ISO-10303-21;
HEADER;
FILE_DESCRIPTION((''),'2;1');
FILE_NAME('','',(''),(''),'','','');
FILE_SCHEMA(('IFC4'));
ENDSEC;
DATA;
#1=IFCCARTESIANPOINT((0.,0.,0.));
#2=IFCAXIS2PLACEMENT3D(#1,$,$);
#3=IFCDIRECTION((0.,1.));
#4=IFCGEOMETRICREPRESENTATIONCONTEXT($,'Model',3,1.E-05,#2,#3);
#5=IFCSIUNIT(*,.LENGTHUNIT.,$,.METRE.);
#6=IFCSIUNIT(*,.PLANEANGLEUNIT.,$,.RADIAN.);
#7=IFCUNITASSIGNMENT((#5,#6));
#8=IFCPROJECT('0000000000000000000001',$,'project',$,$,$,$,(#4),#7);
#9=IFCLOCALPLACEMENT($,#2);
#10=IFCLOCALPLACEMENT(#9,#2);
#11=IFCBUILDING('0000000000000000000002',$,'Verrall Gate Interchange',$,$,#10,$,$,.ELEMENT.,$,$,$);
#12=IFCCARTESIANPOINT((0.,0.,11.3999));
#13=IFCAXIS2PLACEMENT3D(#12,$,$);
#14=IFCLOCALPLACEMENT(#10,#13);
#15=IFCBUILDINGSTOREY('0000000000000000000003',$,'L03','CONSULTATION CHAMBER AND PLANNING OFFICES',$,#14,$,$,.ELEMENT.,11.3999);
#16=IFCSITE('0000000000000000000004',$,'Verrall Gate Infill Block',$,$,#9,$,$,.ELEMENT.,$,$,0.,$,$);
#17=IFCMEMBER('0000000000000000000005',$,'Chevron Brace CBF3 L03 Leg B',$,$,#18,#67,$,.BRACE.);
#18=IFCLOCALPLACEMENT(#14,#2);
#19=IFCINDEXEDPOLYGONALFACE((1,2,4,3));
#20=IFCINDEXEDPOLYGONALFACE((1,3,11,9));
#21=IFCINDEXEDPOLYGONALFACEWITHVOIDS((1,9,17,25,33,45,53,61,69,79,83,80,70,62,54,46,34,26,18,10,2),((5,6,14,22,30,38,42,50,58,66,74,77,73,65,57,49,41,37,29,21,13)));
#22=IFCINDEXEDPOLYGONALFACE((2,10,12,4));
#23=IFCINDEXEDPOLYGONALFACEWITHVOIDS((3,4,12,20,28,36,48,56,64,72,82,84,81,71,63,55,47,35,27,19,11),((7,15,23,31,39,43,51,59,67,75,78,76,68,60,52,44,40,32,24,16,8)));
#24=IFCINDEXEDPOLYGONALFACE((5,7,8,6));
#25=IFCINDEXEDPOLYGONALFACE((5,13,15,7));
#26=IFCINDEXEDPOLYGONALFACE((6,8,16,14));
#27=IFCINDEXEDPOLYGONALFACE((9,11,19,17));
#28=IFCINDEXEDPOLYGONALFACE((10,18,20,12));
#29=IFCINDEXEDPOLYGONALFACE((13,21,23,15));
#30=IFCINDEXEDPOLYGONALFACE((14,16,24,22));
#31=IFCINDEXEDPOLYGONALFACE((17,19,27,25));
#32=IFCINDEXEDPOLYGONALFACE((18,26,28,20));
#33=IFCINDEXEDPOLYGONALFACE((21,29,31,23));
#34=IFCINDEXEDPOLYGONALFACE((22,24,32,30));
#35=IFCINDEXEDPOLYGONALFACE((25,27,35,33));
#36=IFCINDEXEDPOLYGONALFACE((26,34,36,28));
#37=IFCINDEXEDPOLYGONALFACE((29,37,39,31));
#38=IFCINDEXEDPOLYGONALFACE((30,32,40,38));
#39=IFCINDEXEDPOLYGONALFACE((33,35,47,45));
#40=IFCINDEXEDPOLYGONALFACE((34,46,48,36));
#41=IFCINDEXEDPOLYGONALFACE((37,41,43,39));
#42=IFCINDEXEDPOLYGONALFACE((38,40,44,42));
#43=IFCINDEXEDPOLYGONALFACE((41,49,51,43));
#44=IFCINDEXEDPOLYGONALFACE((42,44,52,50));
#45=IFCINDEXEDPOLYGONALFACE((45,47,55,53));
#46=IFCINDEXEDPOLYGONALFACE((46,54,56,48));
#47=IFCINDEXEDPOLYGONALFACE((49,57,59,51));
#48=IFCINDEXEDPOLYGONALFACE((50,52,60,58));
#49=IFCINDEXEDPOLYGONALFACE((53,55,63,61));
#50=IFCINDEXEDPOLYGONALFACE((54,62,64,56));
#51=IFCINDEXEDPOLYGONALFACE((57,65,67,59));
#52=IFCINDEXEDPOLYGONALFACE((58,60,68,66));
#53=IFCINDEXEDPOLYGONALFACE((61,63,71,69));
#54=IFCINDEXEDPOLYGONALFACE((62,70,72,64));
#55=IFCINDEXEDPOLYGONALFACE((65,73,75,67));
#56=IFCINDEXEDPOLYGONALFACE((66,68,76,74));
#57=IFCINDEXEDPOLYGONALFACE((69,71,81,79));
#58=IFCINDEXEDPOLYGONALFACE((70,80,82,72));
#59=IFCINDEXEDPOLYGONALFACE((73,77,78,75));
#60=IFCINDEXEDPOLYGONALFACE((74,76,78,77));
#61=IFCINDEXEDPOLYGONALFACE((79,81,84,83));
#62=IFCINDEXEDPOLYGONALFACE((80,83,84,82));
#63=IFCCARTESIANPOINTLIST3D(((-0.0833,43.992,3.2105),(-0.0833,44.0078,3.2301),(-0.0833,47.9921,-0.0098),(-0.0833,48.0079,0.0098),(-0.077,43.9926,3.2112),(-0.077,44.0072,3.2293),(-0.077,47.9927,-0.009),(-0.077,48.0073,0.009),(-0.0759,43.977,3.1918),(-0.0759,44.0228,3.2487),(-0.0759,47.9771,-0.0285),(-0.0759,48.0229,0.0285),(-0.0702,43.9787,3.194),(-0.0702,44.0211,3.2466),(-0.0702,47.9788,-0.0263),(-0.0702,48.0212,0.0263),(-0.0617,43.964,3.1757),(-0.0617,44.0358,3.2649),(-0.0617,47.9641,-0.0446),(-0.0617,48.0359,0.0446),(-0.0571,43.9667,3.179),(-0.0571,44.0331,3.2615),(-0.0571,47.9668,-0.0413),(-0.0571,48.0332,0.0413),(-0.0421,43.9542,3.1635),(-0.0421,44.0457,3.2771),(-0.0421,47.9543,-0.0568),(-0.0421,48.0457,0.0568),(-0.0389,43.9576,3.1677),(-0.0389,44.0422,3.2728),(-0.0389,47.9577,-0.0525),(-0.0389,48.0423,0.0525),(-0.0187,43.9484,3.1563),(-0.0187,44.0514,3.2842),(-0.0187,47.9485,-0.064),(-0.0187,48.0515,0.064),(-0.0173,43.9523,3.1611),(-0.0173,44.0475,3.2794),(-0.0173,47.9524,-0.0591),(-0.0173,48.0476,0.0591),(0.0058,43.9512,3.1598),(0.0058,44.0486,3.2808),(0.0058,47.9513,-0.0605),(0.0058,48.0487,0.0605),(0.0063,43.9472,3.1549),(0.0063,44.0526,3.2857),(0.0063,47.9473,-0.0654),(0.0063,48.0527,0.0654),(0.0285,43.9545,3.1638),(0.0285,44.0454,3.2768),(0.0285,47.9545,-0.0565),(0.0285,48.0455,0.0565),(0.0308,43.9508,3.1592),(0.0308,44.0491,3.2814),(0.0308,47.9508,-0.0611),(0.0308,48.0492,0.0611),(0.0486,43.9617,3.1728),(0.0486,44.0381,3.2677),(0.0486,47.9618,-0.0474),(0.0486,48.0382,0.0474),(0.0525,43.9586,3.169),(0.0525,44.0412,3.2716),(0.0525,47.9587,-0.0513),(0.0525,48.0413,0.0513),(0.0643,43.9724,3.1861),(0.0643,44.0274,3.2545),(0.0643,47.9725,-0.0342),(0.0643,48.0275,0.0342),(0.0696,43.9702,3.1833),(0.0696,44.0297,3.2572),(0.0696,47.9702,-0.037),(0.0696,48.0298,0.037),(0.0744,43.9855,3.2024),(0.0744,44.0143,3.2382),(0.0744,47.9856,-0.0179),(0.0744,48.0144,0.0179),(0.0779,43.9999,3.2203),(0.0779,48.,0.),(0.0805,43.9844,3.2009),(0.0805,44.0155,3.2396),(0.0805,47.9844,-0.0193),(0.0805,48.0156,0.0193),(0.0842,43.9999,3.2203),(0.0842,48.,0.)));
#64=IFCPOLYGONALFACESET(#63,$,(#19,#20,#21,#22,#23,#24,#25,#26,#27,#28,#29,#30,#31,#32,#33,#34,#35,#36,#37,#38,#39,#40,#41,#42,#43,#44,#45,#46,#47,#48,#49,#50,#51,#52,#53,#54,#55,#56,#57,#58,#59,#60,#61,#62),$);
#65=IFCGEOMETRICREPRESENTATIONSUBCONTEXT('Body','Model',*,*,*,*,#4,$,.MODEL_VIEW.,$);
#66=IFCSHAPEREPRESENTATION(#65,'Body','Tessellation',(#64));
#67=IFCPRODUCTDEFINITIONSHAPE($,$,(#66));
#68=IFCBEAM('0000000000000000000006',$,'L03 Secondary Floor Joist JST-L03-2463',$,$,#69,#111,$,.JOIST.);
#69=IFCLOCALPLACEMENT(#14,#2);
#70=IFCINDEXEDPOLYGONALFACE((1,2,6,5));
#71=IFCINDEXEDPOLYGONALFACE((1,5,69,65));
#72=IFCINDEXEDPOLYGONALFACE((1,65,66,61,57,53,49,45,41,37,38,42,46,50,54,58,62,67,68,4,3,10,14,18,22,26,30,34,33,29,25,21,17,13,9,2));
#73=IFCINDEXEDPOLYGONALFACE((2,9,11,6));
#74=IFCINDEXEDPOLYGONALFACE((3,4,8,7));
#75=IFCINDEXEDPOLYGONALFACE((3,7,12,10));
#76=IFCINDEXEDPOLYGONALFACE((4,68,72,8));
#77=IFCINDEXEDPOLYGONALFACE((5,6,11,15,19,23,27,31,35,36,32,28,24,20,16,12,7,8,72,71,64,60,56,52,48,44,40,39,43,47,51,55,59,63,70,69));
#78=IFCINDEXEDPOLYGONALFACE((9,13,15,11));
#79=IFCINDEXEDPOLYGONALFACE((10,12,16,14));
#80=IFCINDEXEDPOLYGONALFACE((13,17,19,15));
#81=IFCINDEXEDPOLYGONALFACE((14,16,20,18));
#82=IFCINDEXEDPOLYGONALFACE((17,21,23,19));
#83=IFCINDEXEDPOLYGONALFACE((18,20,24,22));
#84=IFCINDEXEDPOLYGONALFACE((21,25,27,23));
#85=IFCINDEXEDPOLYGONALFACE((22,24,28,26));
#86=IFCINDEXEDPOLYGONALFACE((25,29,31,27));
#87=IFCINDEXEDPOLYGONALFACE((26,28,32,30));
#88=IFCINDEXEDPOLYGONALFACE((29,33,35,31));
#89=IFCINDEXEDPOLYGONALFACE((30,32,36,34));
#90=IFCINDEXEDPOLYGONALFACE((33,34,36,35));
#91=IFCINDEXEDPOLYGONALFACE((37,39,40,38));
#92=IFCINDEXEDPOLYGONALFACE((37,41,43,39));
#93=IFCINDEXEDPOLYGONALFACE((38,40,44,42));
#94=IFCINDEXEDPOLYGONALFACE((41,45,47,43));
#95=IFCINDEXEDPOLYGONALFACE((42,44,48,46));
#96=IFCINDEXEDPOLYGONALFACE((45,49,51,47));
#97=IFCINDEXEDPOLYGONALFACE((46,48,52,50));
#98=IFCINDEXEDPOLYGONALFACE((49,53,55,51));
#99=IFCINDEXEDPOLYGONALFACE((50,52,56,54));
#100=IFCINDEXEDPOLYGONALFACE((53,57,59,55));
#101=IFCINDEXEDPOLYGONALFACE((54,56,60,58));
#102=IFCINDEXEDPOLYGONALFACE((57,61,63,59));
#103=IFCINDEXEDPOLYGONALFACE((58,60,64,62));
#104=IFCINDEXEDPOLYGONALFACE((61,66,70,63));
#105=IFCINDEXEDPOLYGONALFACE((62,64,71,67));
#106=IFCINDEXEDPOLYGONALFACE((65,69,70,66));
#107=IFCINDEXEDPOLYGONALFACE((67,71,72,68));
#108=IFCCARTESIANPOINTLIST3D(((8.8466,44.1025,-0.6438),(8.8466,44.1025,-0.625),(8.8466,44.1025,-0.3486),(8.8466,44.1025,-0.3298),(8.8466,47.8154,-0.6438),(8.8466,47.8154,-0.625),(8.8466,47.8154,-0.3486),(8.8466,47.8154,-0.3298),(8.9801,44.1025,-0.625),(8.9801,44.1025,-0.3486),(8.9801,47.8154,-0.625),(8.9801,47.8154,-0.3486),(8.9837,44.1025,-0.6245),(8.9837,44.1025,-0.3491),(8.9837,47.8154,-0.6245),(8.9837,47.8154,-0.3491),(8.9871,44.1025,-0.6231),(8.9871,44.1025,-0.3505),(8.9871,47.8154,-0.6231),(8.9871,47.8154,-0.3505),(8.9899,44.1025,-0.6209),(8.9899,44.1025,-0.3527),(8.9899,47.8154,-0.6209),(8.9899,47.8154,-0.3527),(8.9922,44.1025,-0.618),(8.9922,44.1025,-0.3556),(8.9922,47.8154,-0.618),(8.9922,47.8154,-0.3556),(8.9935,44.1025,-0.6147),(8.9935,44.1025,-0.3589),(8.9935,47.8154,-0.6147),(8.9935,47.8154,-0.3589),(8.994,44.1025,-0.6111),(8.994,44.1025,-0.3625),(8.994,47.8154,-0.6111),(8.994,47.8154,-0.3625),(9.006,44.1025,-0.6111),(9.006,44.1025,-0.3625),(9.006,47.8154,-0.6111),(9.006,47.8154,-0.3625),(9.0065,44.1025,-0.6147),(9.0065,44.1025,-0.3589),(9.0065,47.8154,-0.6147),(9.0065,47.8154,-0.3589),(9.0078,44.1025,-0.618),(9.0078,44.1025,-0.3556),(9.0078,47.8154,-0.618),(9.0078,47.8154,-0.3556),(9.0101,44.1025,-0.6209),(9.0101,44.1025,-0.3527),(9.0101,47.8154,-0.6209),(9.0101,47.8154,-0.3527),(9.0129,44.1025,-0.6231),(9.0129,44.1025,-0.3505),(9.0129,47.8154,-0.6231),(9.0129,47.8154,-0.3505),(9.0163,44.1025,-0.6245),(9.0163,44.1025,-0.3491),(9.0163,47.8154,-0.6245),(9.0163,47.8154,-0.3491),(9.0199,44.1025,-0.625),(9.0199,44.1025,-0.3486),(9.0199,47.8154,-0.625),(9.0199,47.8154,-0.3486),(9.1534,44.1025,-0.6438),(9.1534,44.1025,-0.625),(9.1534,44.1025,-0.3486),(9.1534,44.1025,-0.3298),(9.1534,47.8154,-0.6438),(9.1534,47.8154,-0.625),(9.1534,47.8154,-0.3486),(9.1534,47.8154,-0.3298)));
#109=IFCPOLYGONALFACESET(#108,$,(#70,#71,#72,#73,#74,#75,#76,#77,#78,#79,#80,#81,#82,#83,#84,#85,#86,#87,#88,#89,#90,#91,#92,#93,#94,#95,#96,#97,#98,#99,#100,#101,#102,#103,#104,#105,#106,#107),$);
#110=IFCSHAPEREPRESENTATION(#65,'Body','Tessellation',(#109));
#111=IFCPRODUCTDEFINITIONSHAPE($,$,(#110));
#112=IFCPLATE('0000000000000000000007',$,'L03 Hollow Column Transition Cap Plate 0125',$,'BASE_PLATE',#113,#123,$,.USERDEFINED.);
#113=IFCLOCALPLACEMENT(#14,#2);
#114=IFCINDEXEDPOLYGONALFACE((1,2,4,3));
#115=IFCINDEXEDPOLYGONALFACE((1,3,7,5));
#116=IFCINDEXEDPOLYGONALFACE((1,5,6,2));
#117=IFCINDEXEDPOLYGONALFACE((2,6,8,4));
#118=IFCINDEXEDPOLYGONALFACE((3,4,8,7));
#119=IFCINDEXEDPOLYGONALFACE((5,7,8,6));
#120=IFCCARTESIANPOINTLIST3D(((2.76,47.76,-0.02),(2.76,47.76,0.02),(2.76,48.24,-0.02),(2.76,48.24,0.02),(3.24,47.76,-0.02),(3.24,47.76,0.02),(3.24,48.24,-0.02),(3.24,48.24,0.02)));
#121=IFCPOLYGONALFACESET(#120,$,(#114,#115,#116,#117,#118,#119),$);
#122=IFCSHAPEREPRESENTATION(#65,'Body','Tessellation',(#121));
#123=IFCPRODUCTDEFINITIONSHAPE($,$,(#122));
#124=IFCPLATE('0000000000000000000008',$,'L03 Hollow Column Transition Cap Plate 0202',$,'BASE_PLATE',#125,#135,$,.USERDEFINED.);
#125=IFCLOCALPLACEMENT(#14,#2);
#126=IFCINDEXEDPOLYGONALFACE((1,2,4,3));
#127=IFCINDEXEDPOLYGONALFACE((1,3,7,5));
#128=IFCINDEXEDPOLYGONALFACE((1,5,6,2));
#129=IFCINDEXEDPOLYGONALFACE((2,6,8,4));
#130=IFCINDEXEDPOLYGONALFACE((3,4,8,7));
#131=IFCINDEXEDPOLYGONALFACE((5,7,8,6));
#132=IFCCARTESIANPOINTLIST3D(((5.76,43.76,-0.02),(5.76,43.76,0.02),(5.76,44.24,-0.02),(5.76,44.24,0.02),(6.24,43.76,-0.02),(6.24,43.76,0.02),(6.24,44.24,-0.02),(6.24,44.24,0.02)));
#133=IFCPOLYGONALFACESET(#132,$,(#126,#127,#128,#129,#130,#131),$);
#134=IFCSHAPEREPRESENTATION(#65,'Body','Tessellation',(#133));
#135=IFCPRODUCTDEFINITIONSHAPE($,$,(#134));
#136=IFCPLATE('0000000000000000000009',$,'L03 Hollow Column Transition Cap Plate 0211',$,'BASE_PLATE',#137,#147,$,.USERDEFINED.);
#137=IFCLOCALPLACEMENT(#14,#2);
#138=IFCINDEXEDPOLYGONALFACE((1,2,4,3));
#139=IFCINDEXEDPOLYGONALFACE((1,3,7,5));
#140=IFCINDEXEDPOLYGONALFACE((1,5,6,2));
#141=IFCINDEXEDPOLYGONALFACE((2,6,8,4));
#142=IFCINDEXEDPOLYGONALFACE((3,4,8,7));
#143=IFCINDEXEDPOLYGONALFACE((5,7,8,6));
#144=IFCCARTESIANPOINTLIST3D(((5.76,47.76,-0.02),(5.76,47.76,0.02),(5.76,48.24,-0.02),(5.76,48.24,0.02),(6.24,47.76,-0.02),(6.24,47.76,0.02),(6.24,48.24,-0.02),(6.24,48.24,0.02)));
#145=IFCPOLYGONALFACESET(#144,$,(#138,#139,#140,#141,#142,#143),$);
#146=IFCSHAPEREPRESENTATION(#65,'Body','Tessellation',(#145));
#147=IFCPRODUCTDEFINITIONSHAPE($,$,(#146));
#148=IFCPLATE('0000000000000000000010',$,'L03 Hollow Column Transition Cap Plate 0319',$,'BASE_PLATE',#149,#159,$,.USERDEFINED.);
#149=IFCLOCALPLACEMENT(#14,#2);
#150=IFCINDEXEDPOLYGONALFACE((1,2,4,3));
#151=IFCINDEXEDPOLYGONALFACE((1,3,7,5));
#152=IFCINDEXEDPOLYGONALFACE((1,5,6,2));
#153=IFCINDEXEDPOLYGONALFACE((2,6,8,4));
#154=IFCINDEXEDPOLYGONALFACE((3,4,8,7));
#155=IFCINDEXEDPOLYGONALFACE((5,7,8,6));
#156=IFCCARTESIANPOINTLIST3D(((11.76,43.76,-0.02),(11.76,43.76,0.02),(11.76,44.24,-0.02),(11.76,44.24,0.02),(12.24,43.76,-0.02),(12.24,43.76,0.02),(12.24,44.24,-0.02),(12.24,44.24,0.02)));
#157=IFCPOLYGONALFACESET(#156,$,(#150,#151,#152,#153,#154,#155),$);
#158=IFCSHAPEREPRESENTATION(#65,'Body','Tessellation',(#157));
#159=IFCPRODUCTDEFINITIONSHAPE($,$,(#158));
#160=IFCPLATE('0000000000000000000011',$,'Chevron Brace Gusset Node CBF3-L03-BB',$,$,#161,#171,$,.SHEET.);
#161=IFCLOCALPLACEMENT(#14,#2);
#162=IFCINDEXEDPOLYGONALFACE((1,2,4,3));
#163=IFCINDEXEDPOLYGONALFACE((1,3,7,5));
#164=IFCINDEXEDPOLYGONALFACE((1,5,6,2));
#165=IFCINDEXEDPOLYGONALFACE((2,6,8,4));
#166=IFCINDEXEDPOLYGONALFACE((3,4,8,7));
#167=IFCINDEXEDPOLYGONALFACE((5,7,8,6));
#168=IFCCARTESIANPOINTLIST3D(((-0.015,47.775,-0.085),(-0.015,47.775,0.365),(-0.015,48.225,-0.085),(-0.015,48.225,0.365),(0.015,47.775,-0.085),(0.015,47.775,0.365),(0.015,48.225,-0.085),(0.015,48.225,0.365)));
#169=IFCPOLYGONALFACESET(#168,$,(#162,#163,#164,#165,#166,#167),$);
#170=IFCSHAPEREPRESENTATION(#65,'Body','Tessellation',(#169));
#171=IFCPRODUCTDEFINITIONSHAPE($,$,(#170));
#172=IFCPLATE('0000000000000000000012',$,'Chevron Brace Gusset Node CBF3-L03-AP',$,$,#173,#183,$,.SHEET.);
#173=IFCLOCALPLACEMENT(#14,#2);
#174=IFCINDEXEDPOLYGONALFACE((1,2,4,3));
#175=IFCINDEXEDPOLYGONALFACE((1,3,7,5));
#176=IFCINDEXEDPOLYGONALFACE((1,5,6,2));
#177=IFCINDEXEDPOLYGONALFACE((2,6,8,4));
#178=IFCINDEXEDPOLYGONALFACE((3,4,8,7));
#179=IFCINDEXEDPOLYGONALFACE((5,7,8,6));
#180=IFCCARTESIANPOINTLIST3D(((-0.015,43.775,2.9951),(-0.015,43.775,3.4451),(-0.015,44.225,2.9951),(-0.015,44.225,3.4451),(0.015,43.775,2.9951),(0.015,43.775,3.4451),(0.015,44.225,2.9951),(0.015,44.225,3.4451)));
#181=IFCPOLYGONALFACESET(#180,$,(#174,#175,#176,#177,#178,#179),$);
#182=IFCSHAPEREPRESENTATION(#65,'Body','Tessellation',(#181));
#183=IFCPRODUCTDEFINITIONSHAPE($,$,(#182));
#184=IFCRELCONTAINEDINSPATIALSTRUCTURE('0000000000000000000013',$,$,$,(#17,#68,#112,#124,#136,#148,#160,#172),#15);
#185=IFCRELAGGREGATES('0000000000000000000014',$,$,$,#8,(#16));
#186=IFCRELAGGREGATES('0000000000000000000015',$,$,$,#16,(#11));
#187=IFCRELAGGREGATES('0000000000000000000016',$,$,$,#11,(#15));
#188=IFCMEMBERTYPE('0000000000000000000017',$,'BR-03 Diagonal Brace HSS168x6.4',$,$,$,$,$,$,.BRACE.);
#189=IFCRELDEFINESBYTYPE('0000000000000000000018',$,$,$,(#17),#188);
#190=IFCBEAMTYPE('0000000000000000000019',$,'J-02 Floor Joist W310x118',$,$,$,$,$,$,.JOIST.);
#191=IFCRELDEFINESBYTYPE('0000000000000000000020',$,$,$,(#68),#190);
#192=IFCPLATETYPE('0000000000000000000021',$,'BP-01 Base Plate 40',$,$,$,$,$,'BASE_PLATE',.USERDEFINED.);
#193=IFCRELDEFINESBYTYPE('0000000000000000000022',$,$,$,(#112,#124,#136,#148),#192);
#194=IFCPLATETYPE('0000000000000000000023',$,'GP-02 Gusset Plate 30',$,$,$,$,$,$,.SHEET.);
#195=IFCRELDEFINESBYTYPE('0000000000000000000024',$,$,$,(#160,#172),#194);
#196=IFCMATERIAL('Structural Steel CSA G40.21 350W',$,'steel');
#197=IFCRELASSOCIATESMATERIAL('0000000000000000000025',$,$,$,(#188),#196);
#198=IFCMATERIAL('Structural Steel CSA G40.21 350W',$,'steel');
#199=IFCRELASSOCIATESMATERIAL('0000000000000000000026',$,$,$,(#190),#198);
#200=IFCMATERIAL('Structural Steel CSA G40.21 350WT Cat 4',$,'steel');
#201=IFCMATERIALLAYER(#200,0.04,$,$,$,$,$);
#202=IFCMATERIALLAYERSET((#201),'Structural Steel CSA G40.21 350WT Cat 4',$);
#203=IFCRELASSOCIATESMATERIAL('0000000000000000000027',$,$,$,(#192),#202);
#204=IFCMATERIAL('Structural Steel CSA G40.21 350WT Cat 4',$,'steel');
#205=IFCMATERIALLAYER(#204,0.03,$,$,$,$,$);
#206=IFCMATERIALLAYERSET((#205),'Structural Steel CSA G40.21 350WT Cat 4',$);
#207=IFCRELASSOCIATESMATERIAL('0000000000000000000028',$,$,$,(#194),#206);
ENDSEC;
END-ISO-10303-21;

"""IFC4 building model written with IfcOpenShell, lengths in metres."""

from ifc_helpers import new_model, si_unit, direction, frame, origin, origin_2d, place, context, subcontext, project, spatial, rectangle, hollow_circle, i_section, extrude, material, layer, layer_set, material_profile, profile_set, type_object, element, save


model = new_model("IFC4")

# Units and contexts
model_context = context("Model", 3, precision=1e-05, world=origin(), true_north=direction((0.0, 1.0)))
body_context = subcontext(model_context, "Body", "Model", "MODEL_VIEW")
ifc_project = project(units=[si_unit("LENGTHUNIT", "METRE"), si_unit("PLANEANGLEUNIT", "RADIAN")], contexts=[model_context])

# Site, building, storey
site_placement = place(None, origin())
site = spatial("IfcSite", under=ifc_project, at=site_placement, Name="Verrall Gate Infill Block", CompositionType="ELEMENT", RefElevation=0.0)
building_placement = place(site_placement, origin())
building = spatial("IfcBuilding", under=site, at=building_placement, Name="Verrall Gate Interchange", CompositionType="ELEMENT")
storey_placement = place(building_placement, frame((0.0, 0.0, 11.3999)))
storey = spatial("IfcBuildingStorey", under=building, at=storey_placement, Name="L03", Description="CONSULTATION CHAMBER AND PLANNING OFFICES", CompositionType="ELEMENT", Elevation=11.3999)

# Member
ifc_material_1 = material(Name="Structural Steel CSA G40.21 350W", Category="steel")
ifc_material_profile_1 = material_profile(ifc_material_1, hollow_circle(Radius=0.0842, WallThickness=0.0063, at=origin_2d()), Name="HSS168x6.4")
ifc_profile_set_1 = profile_set([ifc_material_profile_1], Name="Structural Steel CSA G40.21 350W")
member_type = type_object("IfcMemberType", Name="BR-03 Diagonal Brace HSS168x6.4", PredefinedType="BRACE", material=ifc_profile_set_1)
member_placement = place(storey_placement, frame((0.0, 48.0, 0.0), z_axis=(0.0, -0.778945, 0.627092), x_axis=(1.0, 0.0, 0.0)))
element("IfcMember", 1, at=member_placement, inside=storey, type_object=member_type, Name="Chevron Brace CBF3 L03 Leg B", PredefinedType="BRACE", context=body_context, shape_type="SweptSolid", body=[
    extrude(hollow_circle(Radius=0.0842, WallThickness=0.0063, at=origin_2d()), origin(), (0.0, 0.0, 1.0), 5.1353),
])

# Beam
ifc_material_2 = material(Name="Structural Steel CSA G40.21 350W", Category="steel")
ifc_material_profile_2 = material_profile(ifc_material_2, i_section(OverallWidth=0.3069, OverallDepth=0.314, WebThickness=0.012, FlangeThickness=0.0188, FilletRadius=0.0139, at=origin_2d()), Name="W310x118")
ifc_profile_set_2 = profile_set([ifc_material_profile_2], Name="Structural Steel CSA G40.21 350W")
beam_type_1 = type_object("IfcBeamType", Name="J-02 Floor Joist W310x118", PredefinedType="JOIST", material=ifc_profile_set_2)
beam_1_placement = place(storey_placement, frame((9.0, 44.1025, -0.4868), z_axis=(0.0, 1.0, 0.0), x_axis=(-1.0, 0.0, 0.0)))
element("IfcBeam", 2, at=beam_1_placement, inside=storey, type_object=beam_type_1, Name="L03 Secondary Floor Joist JST-L03-2463", PredefinedType="JOIST", context=body_context, shape_type="SweptSolid", body=[
    extrude(i_section(OverallWidth=0.3069, OverallDepth=0.314, WebThickness=0.012, FlangeThickness=0.0188, FilletRadius=0.0139, at=origin_2d()), origin(), (0.0, 0.0, 1.0), 3.7129),
])

# Plates
ifc_material_3 = material(Name="Structural Steel CSA G40.21 350WT Cat 4", Category="steel")
ifc_layer_1 = layer(ifc_material_3, 0.04)
ifc_layer_set_1 = layer_set([ifc_layer_1], Name="Structural Steel CSA G40.21 350WT Cat 4")
plate_type_1 = type_object("IfcPlateType", Name="BP-01 Base Plate 40", ElementType="BASE_PLATE", PredefinedType="USERDEFINED", material=ifc_layer_set_1)
for number, where, z_axis, x_axis, name in (
    (3, (3.0, 48.0, -0.02), (0.0, 0.0, 1.0), (1.0, 0.0, 0.0), "L03 Hollow Column Transition Cap Plate 0125"),
    (4, (6.0, 44.0, -0.02), (0.0, 0.0, 1.0), (1.0, 0.0, 0.0), "L03 Hollow Column Transition Cap Plate 0202"),
    (5, (6.0, 48.0, -0.02), (0.0, 0.0, 1.0), (1.0, 0.0, 0.0), "L03 Hollow Column Transition Cap Plate 0211"),
    (6, (12.0, 44.0, -0.02), (0.0, 0.0, 1.0), (1.0, 0.0, 0.0), "L03 Hollow Column Transition Cap Plate 0319"),
):
    element("IfcPlate", number, at=place(storey_placement, frame(where, z_axis=z_axis, x_axis=x_axis)), inside=storey, type_object=plate_type_1, Name=name, ObjectType="BASE_PLATE", PredefinedType="USERDEFINED", context=body_context, shape_type="SweptSolid", body=[
        extrude(rectangle(XDim=0.48, YDim=0.48, at=origin_2d()), origin(), (0.0, 0.0, 1.0), 0.04),
    ])
ifc_material_4 = material(Name="Structural Steel CSA G40.21 350WT Cat 4", Category="steel")
ifc_layer_2 = layer(ifc_material_4, 0.03)
ifc_layer_set_2 = layer_set([ifc_layer_2], Name="Structural Steel CSA G40.21 350WT Cat 4")
plate_type_2 = type_object("IfcPlateType", Name="GP-02 Gusset Plate 30", PredefinedType="SHEET", material=ifc_layer_set_2)
for number, where, z_axis, x_axis, name in (
    (7, (0.0, 48.0, -0.085), (0.0, 0.0, 1.0), (1.0, 0.0, 0.0), "Chevron Brace Gusset Node CBF3-L03-BB"),
    (8, (0.0, 44.0, 2.9951), (0.0, 0.0, 1.0), (1.0, 0.0, 0.0), "Chevron Brace Gusset Node CBF3-L03-AP"),
):
    element("IfcPlate", number, at=place(storey_placement, frame(where, z_axis=z_axis, x_axis=x_axis)), inside=storey, type_object=plate_type_2, Name=name, PredefinedType="SHEET", context=body_context, shape_type="SweptSolid", body=[
        extrude(rectangle(XDim=0.03, YDim=0.45, at=origin_2d()), origin(), (0.0, 0.0, 1.0), 0.45),
    ])

save(model, "model.ifc")
